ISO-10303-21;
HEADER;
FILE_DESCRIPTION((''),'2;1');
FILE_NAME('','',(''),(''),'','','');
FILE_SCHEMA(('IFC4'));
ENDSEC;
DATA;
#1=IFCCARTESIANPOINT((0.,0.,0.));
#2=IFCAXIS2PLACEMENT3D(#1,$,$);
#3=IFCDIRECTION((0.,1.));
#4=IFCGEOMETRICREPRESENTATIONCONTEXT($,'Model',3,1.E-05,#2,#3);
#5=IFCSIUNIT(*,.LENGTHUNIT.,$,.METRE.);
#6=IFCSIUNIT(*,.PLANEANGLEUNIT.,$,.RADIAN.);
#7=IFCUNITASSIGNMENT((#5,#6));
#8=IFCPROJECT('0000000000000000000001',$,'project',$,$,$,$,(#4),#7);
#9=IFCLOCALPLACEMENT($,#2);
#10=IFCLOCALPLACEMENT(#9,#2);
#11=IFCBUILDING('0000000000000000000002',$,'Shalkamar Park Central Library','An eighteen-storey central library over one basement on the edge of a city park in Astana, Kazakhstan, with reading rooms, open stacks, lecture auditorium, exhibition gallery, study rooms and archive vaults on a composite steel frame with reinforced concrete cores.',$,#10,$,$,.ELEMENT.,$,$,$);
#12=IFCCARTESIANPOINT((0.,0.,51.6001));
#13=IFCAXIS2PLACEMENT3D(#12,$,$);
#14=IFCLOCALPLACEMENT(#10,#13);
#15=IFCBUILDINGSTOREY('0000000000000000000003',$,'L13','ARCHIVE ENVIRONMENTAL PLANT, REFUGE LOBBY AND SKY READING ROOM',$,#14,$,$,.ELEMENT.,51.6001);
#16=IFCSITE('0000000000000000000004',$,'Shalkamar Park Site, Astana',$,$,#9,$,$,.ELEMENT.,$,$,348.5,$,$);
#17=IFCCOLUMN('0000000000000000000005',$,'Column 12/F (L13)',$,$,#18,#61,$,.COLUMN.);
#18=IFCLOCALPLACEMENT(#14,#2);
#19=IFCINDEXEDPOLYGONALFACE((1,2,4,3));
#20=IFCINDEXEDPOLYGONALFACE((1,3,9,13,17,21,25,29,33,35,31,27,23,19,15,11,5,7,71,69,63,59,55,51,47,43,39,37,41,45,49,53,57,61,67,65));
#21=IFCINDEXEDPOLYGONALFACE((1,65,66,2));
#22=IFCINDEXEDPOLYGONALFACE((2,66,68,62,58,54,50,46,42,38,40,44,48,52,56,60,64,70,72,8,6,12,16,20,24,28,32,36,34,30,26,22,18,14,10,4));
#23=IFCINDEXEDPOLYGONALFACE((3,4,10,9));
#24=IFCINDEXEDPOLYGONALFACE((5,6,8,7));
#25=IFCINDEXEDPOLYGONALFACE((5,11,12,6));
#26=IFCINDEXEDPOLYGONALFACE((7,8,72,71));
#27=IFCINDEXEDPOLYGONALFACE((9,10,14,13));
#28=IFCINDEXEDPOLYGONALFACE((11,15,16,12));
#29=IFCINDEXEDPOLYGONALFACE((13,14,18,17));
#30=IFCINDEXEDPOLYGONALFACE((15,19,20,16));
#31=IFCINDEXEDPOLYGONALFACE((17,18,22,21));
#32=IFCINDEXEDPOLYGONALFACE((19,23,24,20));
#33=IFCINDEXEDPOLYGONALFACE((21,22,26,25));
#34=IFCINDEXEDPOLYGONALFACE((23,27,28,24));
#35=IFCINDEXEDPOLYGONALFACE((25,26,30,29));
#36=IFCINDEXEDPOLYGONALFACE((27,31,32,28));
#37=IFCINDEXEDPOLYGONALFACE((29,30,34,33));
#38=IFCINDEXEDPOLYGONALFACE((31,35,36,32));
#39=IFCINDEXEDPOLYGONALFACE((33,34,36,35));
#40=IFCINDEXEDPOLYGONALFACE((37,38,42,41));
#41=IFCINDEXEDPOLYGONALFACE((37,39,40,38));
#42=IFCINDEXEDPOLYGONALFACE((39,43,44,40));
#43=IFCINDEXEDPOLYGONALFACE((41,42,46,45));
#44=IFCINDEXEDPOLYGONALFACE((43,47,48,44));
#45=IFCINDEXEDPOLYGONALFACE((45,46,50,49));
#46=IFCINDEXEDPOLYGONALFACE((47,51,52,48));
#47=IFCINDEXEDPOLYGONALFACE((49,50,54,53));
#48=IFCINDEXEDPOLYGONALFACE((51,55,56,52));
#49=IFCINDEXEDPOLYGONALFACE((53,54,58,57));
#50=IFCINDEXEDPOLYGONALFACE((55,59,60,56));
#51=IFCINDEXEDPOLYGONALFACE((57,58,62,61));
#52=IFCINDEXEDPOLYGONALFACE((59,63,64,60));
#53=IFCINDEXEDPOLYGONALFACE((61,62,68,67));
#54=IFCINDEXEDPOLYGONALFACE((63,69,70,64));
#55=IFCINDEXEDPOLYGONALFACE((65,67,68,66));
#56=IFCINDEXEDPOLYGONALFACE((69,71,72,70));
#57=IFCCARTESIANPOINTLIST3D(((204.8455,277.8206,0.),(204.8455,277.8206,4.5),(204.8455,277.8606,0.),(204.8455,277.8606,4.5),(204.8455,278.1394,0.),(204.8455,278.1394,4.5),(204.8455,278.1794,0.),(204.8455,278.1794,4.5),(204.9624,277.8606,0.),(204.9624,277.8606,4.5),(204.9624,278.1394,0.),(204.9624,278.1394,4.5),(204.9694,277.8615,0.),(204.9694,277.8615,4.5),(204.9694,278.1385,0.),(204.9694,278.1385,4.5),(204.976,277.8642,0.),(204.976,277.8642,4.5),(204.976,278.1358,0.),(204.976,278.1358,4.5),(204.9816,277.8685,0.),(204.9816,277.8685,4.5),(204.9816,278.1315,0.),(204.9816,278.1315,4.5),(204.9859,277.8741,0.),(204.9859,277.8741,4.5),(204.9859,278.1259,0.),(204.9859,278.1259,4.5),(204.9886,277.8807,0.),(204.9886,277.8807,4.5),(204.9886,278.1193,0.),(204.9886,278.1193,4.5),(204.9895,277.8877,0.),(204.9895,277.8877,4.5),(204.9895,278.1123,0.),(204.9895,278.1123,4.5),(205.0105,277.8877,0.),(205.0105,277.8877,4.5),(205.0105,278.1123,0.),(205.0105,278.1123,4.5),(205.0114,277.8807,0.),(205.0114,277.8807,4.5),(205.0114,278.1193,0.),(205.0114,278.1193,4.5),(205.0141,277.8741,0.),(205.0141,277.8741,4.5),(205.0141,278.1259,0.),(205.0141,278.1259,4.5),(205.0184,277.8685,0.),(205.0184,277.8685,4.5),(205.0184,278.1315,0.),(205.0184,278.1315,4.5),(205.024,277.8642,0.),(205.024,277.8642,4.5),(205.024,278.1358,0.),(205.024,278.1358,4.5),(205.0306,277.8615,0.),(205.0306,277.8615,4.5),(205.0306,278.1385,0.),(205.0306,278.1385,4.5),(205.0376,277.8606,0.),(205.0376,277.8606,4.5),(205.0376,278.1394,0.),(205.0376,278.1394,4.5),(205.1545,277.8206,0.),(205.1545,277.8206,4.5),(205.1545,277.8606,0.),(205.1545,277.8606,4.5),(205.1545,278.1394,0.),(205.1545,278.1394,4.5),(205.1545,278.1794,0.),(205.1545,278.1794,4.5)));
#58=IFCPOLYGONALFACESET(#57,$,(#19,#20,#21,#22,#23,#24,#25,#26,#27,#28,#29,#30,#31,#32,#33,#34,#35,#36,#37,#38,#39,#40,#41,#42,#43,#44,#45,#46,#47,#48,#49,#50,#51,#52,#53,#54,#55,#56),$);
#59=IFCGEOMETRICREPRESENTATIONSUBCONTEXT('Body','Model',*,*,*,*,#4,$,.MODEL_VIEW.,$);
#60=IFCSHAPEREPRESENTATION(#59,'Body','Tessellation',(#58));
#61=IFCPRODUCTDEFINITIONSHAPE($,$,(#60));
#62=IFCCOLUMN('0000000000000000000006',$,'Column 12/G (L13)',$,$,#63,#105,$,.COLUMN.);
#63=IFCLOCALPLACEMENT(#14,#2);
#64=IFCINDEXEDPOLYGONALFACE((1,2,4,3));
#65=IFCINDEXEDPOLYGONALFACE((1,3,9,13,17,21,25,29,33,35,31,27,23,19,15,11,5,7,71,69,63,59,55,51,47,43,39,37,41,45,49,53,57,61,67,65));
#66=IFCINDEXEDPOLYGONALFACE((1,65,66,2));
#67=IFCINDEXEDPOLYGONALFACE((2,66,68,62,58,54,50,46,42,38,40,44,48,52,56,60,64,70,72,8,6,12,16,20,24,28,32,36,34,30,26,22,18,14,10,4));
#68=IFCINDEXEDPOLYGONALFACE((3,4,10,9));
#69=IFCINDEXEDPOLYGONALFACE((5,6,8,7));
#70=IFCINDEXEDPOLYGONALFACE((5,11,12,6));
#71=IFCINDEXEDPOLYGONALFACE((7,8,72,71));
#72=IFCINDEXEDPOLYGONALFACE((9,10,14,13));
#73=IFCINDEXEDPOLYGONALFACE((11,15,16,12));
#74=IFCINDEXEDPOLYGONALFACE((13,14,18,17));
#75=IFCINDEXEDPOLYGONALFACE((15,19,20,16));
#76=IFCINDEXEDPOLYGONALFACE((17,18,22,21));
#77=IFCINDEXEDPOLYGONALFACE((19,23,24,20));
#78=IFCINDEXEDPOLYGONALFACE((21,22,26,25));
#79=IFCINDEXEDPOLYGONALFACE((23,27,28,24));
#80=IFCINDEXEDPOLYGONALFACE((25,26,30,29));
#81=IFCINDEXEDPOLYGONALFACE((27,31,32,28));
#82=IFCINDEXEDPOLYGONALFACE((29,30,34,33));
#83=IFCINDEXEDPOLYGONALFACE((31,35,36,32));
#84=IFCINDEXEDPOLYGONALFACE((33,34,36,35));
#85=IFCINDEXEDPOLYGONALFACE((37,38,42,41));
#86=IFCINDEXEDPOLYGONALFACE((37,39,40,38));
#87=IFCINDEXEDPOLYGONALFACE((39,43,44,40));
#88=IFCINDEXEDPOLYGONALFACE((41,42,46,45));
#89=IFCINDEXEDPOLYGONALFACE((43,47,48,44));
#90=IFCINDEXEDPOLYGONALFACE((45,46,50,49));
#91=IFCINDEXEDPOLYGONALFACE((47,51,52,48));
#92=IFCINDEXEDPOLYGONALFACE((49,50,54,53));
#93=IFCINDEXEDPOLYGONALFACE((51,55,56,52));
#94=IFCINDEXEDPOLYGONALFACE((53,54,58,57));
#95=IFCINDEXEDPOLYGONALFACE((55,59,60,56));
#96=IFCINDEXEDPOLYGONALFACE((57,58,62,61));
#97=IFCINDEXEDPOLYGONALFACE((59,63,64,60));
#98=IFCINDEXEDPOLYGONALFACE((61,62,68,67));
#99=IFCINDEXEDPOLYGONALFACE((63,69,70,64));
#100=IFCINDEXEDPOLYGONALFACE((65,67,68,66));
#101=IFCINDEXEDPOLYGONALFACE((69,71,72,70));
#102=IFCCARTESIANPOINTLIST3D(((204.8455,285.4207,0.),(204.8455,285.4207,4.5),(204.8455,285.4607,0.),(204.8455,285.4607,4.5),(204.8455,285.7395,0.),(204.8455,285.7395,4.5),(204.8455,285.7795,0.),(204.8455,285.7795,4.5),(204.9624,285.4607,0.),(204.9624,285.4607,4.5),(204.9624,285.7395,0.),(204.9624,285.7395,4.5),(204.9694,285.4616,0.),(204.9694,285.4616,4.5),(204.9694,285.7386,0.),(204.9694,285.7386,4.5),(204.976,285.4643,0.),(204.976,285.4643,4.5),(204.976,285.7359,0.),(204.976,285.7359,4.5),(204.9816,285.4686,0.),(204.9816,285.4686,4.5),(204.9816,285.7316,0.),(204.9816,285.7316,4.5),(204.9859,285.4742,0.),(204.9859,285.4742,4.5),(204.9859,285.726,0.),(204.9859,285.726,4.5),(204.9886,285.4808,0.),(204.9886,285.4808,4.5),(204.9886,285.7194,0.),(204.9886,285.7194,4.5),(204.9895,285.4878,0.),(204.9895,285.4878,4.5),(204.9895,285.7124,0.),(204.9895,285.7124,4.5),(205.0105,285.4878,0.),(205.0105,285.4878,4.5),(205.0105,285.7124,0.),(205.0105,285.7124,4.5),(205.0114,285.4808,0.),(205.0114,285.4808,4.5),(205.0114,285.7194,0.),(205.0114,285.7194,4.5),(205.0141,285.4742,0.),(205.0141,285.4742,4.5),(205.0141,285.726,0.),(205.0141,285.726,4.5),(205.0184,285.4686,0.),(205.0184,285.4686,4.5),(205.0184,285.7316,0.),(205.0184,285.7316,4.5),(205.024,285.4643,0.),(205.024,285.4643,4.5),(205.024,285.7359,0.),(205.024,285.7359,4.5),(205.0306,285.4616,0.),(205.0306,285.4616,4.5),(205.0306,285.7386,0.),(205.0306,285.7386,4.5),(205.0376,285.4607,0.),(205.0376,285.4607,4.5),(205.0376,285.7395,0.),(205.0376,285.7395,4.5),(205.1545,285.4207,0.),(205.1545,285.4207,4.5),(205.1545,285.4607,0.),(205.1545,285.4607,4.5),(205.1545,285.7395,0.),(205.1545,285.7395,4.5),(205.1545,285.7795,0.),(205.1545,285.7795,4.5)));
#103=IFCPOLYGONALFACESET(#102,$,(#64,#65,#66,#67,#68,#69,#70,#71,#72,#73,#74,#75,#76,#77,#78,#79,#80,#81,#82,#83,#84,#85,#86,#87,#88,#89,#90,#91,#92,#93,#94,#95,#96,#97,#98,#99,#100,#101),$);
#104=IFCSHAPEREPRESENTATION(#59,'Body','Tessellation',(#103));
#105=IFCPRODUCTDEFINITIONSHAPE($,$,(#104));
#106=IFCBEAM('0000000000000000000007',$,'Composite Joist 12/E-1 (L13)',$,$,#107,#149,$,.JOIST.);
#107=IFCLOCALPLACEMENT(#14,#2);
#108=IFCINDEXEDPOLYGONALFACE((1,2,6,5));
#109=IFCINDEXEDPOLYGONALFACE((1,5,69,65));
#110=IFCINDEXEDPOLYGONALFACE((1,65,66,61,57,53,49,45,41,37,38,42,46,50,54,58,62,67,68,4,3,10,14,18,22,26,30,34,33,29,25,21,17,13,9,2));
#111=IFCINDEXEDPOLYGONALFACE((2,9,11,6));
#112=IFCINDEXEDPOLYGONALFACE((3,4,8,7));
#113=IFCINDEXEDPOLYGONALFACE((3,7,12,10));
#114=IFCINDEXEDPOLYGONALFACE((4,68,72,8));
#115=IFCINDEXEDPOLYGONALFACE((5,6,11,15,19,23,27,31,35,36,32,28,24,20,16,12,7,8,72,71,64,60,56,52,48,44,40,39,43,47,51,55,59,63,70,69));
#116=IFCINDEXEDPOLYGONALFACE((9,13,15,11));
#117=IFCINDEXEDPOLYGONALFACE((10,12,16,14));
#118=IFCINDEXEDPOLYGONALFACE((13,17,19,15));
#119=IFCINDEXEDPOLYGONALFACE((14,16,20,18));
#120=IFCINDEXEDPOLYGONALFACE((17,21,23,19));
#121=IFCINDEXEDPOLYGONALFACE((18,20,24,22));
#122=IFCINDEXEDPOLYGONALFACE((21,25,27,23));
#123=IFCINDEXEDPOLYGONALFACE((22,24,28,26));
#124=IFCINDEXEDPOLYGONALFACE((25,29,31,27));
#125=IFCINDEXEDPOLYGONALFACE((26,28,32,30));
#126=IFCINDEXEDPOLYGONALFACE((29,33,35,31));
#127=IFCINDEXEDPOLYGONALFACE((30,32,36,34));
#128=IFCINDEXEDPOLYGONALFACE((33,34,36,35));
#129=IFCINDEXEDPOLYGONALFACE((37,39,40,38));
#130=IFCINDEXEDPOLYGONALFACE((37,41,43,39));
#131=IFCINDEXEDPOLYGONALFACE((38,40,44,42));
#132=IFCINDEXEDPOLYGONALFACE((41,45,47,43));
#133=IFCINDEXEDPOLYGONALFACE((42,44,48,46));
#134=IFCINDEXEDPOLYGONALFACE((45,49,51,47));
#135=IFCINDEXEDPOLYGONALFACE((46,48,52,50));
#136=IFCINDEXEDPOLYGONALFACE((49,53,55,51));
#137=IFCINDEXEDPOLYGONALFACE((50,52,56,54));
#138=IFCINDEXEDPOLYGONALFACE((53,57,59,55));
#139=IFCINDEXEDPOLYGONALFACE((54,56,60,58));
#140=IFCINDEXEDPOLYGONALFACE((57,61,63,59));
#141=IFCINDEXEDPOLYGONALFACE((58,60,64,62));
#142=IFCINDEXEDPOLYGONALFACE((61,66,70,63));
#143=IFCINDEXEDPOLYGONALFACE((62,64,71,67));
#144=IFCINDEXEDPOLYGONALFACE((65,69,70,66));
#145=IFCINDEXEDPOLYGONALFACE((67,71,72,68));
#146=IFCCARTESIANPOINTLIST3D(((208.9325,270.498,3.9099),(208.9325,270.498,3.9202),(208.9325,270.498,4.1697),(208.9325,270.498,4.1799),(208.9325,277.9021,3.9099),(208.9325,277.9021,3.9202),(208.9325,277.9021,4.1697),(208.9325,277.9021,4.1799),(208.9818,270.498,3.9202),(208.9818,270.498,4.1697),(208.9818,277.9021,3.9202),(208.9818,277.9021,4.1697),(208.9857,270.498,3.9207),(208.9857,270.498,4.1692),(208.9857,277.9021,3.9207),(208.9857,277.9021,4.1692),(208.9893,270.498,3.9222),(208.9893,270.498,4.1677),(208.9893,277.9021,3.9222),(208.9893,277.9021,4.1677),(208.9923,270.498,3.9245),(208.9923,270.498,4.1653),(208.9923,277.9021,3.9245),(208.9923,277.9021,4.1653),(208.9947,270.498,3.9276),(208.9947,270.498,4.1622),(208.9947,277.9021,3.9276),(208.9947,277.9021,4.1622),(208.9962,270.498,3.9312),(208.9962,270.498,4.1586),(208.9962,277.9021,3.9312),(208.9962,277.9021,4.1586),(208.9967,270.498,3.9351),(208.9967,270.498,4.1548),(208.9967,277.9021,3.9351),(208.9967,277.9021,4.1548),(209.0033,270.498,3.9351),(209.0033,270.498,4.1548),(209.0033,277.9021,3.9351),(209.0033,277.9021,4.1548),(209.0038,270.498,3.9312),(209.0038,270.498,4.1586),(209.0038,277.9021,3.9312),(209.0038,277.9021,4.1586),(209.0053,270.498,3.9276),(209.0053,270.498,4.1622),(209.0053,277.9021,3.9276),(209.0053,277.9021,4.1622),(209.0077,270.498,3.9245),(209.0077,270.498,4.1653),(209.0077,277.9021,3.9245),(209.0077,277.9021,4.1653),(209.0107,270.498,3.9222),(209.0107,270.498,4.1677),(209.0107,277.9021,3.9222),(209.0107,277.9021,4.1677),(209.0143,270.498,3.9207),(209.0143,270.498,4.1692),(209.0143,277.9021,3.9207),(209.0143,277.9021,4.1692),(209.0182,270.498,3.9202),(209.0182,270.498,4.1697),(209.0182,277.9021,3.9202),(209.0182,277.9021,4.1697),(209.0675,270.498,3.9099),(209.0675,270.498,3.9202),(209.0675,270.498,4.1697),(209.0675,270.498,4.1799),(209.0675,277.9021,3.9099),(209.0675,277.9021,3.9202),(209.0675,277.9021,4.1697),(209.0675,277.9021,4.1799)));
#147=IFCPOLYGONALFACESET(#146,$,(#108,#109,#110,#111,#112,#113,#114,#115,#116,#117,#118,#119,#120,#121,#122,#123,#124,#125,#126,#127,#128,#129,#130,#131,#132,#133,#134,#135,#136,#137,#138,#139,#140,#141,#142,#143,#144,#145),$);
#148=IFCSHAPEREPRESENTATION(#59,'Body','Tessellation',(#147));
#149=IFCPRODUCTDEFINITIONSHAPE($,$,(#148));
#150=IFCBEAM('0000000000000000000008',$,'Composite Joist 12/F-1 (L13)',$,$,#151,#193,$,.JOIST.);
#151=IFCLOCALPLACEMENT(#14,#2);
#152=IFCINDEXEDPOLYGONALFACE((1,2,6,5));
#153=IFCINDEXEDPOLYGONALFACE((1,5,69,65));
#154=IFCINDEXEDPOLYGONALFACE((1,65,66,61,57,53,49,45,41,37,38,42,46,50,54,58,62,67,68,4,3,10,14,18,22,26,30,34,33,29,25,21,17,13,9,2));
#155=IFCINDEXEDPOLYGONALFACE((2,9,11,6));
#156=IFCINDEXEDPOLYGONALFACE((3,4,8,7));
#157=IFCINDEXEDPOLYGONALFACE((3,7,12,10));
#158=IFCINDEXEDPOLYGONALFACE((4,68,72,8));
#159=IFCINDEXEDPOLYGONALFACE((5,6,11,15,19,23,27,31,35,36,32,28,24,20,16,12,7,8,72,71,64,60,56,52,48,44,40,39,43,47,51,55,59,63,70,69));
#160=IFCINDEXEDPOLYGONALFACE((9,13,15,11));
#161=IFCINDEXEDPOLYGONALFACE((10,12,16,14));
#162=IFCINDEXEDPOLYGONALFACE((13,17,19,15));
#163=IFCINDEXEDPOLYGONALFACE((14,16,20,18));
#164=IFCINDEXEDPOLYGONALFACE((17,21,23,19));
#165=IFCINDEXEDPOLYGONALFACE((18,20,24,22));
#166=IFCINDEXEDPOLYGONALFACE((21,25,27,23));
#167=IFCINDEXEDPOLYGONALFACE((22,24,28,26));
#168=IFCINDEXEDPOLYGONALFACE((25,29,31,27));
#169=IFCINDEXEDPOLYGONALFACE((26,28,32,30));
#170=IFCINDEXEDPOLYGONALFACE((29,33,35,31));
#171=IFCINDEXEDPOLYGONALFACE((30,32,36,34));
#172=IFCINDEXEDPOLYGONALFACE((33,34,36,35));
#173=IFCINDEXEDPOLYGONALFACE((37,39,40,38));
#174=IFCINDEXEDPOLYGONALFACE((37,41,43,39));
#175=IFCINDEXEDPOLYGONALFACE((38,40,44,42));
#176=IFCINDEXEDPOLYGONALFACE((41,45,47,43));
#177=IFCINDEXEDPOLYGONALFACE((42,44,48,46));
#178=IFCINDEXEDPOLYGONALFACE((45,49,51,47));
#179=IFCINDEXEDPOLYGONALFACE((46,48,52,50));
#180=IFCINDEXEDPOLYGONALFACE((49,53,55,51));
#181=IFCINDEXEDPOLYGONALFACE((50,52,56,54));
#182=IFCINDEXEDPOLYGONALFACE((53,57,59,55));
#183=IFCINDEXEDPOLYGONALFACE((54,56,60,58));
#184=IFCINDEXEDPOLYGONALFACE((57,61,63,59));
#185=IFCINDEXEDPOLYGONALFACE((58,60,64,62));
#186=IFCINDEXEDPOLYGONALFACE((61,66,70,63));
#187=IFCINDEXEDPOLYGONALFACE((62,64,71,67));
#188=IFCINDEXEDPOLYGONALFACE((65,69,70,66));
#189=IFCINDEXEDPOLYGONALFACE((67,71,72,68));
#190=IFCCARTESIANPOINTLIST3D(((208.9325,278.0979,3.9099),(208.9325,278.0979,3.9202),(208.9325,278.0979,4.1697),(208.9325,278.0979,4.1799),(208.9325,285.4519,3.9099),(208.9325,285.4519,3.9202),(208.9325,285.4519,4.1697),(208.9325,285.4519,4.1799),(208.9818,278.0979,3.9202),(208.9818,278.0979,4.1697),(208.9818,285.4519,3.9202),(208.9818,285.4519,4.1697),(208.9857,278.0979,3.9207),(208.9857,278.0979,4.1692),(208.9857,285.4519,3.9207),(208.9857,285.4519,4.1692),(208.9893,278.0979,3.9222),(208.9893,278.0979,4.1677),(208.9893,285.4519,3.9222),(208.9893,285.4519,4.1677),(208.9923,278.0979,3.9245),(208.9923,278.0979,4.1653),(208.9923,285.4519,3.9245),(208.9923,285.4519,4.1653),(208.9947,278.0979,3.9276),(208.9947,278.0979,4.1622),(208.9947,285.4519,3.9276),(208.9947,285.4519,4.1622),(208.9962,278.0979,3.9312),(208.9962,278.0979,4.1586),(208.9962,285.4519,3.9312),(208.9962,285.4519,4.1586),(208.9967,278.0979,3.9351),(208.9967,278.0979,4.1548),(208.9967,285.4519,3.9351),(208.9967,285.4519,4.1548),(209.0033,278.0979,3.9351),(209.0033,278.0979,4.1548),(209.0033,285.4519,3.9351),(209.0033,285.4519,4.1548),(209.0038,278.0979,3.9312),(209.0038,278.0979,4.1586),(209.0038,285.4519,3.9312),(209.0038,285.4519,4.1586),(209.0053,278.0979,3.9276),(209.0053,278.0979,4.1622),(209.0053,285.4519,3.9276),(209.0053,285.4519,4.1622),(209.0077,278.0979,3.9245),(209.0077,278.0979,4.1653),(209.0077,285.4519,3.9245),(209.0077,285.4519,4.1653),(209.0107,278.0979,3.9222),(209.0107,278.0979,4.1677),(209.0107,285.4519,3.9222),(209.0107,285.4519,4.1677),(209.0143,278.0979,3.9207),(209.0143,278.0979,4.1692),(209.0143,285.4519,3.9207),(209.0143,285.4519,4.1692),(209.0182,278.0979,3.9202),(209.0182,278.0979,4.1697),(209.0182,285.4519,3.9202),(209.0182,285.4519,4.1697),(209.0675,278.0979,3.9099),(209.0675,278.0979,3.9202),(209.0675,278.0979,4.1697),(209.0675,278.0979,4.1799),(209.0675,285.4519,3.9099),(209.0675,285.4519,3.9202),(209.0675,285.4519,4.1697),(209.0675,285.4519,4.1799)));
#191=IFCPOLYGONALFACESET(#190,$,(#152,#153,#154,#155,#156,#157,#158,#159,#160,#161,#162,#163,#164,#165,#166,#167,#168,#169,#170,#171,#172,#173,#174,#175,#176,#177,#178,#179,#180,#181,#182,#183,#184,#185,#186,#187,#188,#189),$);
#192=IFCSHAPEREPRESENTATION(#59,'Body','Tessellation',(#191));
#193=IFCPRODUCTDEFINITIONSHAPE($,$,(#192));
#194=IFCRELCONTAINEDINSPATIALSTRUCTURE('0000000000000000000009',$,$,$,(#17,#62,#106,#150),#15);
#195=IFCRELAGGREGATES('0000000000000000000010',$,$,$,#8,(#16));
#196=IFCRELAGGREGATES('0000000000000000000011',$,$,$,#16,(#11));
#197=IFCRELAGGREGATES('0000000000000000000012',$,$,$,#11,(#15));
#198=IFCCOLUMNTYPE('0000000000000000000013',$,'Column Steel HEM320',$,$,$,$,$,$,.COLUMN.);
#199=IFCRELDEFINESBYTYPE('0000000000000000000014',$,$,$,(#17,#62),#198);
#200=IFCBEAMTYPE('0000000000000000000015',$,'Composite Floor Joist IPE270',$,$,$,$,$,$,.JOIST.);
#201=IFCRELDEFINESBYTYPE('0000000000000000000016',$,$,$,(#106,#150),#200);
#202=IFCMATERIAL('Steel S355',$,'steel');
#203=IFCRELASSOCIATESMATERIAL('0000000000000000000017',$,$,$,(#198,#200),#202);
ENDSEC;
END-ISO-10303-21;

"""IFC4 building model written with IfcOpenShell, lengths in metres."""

from ifc_helpers import new_model, si_unit, direction, frame, origin, origin_2d, place, context, subcontext, project, spatial, i_section, extrude, material, material_profile, profile_set, type_object, element, save


model = new_model("IFC4")

# Units and contexts
model_context = context("Model", 3, precision=1e-05, world=origin(), true_north=direction((0.0, 1.0)))
body_context = subcontext(model_context, "Body", "Model", "MODEL_VIEW")
ifc_project = project(units=[si_unit("LENGTHUNIT", "METRE"), si_unit("PLANEANGLEUNIT", "RADIAN")], contexts=[model_context])

# Site, building, storey
site_placement = place(None, origin())
site = spatial("IfcSite", under=ifc_project, at=site_placement, Name="Shalkamar Park Site, Astana", CompositionType="ELEMENT", RefElevation=348.5)
building_placement = place(site_placement, origin())
building = spatial("IfcBuilding", under=site, at=building_placement, Name="Shalkamar Park Central Library", Description="An eighteen-storey central library over one basement on the edge of a city park in Astana, Kazakhstan, with reading rooms, open stacks, lecture auditorium, exhibition gallery, study rooms and archive vaults on a composite steel frame with reinforced concrete cores.", CompositionType="ELEMENT")
storey_placement = place(building_placement, frame((0.0, 0.0, 51.6001)))
storey = spatial("IfcBuildingStorey", under=building, at=storey_placement, Name="L13", Description="ARCHIVE ENVIRONMENTAL PLANT, REFUGE LOBBY AND SKY READING ROOM", CompositionType="ELEMENT", Elevation=51.6001)

# Columns
ifc_material_1 = material(Name="Steel S355", Category="steel")
ifc_material_profile_1 = material_profile(ifc_material_1, i_section(OverallWidth=0.3091, OverallDepth=0.3589, WebThickness=0.021, FlangeThickness=0.04, FilletRadius=0.0271, at=origin_2d()), Name="HEM 320")
ifc_profile_set_1 = profile_set([ifc_material_profile_1], Name="Steel S355")
column_type = type_object("IfcColumnType", Name="Column Steel HEM320", PredefinedType="COLUMN", material=ifc_profile_set_1)
for number, where, z_axis, x_axis, name in (
    (1, (205.0, 278.0, 0.0), (0.0, 0.0, 1.0), (1.0, 0.0, 0.0), "Column 12/F (L13)"),
    (2, (205.0, 285.6001, 0.0), (0.0, 0.0, 1.0), (1.0, 0.0, 0.0), "Column 12/G (L13)"),
):
    element("IfcColumn", number, at=place(storey_placement, frame(where, z_axis=z_axis, x_axis=x_axis)), inside=storey, type_object=column_type, Name=name, PredefinedType="COLUMN", context=body_context, shape_type="SweptSolid", body=[
        extrude(i_section(OverallWidth=0.3091, OverallDepth=0.3589, WebThickness=0.021, FlangeThickness=0.04, FilletRadius=0.0271, at=origin_2d()), origin(), (0.0, 0.0, 1.0), 4.5),
    ])

# Beams
ifc_material_profile_2 = material_profile(ifc_material_1, i_section(OverallWidth=0.135, OverallDepth=0.27, WebThickness=0.0066, FlangeThickness=0.0103, FilletRadius=0.0149, at=origin_2d()), Name="IPE 270")
ifc_profile_set_2 = profile_set([ifc_material_profile_2], Name="Steel S355")
beam_type_1 = type_object("IfcBeamType", Name="Composite Floor Joist IPE270", PredefinedType="JOIST", material=ifc_profile_set_2)
beam_1_placement = place(storey_placement, frame((209.0, 270.498, 4.0449), z_axis=(0.0, 1.0, 0.0), x_axis=(-1.0, 0.0, 0.0)))
element("IfcBeam", 3, at=beam_1_placement, inside=storey, type_object=beam_type_1, Name="Composite Joist 12/E-1 (L13)", PredefinedType="JOIST", context=body_context, shape_type="SweptSolid", body=[
    extrude(i_section(OverallWidth=0.135, OverallDepth=0.27, WebThickness=0.0066, FlangeThickness=0.0103, FilletRadius=0.0149, at=origin_2d()), origin(), (0.0, 0.0, 1.0), 7.4041),
])
beam_2_placement = place(storey_placement, frame((209.0, 278.0979, 4.0449), z_axis=(0.0, 1.0, 0.0), x_axis=(-1.0, 0.0, 0.0)))
element("IfcBeam", 4, at=beam_2_placement, inside=storey, type_object=beam_type_1, Name="Composite Joist 12/F-1 (L13)", PredefinedType="JOIST", context=body_context, shape_type="SweptSolid", body=[
    extrude(i_section(OverallWidth=0.135, OverallDepth=0.27, WebThickness=0.0066, FlangeThickness=0.0103, FilletRadius=0.0149, at=origin_2d()), origin(), (0.0, 0.0, 1.0), 7.354),
])

save(model, "model.ifc")
